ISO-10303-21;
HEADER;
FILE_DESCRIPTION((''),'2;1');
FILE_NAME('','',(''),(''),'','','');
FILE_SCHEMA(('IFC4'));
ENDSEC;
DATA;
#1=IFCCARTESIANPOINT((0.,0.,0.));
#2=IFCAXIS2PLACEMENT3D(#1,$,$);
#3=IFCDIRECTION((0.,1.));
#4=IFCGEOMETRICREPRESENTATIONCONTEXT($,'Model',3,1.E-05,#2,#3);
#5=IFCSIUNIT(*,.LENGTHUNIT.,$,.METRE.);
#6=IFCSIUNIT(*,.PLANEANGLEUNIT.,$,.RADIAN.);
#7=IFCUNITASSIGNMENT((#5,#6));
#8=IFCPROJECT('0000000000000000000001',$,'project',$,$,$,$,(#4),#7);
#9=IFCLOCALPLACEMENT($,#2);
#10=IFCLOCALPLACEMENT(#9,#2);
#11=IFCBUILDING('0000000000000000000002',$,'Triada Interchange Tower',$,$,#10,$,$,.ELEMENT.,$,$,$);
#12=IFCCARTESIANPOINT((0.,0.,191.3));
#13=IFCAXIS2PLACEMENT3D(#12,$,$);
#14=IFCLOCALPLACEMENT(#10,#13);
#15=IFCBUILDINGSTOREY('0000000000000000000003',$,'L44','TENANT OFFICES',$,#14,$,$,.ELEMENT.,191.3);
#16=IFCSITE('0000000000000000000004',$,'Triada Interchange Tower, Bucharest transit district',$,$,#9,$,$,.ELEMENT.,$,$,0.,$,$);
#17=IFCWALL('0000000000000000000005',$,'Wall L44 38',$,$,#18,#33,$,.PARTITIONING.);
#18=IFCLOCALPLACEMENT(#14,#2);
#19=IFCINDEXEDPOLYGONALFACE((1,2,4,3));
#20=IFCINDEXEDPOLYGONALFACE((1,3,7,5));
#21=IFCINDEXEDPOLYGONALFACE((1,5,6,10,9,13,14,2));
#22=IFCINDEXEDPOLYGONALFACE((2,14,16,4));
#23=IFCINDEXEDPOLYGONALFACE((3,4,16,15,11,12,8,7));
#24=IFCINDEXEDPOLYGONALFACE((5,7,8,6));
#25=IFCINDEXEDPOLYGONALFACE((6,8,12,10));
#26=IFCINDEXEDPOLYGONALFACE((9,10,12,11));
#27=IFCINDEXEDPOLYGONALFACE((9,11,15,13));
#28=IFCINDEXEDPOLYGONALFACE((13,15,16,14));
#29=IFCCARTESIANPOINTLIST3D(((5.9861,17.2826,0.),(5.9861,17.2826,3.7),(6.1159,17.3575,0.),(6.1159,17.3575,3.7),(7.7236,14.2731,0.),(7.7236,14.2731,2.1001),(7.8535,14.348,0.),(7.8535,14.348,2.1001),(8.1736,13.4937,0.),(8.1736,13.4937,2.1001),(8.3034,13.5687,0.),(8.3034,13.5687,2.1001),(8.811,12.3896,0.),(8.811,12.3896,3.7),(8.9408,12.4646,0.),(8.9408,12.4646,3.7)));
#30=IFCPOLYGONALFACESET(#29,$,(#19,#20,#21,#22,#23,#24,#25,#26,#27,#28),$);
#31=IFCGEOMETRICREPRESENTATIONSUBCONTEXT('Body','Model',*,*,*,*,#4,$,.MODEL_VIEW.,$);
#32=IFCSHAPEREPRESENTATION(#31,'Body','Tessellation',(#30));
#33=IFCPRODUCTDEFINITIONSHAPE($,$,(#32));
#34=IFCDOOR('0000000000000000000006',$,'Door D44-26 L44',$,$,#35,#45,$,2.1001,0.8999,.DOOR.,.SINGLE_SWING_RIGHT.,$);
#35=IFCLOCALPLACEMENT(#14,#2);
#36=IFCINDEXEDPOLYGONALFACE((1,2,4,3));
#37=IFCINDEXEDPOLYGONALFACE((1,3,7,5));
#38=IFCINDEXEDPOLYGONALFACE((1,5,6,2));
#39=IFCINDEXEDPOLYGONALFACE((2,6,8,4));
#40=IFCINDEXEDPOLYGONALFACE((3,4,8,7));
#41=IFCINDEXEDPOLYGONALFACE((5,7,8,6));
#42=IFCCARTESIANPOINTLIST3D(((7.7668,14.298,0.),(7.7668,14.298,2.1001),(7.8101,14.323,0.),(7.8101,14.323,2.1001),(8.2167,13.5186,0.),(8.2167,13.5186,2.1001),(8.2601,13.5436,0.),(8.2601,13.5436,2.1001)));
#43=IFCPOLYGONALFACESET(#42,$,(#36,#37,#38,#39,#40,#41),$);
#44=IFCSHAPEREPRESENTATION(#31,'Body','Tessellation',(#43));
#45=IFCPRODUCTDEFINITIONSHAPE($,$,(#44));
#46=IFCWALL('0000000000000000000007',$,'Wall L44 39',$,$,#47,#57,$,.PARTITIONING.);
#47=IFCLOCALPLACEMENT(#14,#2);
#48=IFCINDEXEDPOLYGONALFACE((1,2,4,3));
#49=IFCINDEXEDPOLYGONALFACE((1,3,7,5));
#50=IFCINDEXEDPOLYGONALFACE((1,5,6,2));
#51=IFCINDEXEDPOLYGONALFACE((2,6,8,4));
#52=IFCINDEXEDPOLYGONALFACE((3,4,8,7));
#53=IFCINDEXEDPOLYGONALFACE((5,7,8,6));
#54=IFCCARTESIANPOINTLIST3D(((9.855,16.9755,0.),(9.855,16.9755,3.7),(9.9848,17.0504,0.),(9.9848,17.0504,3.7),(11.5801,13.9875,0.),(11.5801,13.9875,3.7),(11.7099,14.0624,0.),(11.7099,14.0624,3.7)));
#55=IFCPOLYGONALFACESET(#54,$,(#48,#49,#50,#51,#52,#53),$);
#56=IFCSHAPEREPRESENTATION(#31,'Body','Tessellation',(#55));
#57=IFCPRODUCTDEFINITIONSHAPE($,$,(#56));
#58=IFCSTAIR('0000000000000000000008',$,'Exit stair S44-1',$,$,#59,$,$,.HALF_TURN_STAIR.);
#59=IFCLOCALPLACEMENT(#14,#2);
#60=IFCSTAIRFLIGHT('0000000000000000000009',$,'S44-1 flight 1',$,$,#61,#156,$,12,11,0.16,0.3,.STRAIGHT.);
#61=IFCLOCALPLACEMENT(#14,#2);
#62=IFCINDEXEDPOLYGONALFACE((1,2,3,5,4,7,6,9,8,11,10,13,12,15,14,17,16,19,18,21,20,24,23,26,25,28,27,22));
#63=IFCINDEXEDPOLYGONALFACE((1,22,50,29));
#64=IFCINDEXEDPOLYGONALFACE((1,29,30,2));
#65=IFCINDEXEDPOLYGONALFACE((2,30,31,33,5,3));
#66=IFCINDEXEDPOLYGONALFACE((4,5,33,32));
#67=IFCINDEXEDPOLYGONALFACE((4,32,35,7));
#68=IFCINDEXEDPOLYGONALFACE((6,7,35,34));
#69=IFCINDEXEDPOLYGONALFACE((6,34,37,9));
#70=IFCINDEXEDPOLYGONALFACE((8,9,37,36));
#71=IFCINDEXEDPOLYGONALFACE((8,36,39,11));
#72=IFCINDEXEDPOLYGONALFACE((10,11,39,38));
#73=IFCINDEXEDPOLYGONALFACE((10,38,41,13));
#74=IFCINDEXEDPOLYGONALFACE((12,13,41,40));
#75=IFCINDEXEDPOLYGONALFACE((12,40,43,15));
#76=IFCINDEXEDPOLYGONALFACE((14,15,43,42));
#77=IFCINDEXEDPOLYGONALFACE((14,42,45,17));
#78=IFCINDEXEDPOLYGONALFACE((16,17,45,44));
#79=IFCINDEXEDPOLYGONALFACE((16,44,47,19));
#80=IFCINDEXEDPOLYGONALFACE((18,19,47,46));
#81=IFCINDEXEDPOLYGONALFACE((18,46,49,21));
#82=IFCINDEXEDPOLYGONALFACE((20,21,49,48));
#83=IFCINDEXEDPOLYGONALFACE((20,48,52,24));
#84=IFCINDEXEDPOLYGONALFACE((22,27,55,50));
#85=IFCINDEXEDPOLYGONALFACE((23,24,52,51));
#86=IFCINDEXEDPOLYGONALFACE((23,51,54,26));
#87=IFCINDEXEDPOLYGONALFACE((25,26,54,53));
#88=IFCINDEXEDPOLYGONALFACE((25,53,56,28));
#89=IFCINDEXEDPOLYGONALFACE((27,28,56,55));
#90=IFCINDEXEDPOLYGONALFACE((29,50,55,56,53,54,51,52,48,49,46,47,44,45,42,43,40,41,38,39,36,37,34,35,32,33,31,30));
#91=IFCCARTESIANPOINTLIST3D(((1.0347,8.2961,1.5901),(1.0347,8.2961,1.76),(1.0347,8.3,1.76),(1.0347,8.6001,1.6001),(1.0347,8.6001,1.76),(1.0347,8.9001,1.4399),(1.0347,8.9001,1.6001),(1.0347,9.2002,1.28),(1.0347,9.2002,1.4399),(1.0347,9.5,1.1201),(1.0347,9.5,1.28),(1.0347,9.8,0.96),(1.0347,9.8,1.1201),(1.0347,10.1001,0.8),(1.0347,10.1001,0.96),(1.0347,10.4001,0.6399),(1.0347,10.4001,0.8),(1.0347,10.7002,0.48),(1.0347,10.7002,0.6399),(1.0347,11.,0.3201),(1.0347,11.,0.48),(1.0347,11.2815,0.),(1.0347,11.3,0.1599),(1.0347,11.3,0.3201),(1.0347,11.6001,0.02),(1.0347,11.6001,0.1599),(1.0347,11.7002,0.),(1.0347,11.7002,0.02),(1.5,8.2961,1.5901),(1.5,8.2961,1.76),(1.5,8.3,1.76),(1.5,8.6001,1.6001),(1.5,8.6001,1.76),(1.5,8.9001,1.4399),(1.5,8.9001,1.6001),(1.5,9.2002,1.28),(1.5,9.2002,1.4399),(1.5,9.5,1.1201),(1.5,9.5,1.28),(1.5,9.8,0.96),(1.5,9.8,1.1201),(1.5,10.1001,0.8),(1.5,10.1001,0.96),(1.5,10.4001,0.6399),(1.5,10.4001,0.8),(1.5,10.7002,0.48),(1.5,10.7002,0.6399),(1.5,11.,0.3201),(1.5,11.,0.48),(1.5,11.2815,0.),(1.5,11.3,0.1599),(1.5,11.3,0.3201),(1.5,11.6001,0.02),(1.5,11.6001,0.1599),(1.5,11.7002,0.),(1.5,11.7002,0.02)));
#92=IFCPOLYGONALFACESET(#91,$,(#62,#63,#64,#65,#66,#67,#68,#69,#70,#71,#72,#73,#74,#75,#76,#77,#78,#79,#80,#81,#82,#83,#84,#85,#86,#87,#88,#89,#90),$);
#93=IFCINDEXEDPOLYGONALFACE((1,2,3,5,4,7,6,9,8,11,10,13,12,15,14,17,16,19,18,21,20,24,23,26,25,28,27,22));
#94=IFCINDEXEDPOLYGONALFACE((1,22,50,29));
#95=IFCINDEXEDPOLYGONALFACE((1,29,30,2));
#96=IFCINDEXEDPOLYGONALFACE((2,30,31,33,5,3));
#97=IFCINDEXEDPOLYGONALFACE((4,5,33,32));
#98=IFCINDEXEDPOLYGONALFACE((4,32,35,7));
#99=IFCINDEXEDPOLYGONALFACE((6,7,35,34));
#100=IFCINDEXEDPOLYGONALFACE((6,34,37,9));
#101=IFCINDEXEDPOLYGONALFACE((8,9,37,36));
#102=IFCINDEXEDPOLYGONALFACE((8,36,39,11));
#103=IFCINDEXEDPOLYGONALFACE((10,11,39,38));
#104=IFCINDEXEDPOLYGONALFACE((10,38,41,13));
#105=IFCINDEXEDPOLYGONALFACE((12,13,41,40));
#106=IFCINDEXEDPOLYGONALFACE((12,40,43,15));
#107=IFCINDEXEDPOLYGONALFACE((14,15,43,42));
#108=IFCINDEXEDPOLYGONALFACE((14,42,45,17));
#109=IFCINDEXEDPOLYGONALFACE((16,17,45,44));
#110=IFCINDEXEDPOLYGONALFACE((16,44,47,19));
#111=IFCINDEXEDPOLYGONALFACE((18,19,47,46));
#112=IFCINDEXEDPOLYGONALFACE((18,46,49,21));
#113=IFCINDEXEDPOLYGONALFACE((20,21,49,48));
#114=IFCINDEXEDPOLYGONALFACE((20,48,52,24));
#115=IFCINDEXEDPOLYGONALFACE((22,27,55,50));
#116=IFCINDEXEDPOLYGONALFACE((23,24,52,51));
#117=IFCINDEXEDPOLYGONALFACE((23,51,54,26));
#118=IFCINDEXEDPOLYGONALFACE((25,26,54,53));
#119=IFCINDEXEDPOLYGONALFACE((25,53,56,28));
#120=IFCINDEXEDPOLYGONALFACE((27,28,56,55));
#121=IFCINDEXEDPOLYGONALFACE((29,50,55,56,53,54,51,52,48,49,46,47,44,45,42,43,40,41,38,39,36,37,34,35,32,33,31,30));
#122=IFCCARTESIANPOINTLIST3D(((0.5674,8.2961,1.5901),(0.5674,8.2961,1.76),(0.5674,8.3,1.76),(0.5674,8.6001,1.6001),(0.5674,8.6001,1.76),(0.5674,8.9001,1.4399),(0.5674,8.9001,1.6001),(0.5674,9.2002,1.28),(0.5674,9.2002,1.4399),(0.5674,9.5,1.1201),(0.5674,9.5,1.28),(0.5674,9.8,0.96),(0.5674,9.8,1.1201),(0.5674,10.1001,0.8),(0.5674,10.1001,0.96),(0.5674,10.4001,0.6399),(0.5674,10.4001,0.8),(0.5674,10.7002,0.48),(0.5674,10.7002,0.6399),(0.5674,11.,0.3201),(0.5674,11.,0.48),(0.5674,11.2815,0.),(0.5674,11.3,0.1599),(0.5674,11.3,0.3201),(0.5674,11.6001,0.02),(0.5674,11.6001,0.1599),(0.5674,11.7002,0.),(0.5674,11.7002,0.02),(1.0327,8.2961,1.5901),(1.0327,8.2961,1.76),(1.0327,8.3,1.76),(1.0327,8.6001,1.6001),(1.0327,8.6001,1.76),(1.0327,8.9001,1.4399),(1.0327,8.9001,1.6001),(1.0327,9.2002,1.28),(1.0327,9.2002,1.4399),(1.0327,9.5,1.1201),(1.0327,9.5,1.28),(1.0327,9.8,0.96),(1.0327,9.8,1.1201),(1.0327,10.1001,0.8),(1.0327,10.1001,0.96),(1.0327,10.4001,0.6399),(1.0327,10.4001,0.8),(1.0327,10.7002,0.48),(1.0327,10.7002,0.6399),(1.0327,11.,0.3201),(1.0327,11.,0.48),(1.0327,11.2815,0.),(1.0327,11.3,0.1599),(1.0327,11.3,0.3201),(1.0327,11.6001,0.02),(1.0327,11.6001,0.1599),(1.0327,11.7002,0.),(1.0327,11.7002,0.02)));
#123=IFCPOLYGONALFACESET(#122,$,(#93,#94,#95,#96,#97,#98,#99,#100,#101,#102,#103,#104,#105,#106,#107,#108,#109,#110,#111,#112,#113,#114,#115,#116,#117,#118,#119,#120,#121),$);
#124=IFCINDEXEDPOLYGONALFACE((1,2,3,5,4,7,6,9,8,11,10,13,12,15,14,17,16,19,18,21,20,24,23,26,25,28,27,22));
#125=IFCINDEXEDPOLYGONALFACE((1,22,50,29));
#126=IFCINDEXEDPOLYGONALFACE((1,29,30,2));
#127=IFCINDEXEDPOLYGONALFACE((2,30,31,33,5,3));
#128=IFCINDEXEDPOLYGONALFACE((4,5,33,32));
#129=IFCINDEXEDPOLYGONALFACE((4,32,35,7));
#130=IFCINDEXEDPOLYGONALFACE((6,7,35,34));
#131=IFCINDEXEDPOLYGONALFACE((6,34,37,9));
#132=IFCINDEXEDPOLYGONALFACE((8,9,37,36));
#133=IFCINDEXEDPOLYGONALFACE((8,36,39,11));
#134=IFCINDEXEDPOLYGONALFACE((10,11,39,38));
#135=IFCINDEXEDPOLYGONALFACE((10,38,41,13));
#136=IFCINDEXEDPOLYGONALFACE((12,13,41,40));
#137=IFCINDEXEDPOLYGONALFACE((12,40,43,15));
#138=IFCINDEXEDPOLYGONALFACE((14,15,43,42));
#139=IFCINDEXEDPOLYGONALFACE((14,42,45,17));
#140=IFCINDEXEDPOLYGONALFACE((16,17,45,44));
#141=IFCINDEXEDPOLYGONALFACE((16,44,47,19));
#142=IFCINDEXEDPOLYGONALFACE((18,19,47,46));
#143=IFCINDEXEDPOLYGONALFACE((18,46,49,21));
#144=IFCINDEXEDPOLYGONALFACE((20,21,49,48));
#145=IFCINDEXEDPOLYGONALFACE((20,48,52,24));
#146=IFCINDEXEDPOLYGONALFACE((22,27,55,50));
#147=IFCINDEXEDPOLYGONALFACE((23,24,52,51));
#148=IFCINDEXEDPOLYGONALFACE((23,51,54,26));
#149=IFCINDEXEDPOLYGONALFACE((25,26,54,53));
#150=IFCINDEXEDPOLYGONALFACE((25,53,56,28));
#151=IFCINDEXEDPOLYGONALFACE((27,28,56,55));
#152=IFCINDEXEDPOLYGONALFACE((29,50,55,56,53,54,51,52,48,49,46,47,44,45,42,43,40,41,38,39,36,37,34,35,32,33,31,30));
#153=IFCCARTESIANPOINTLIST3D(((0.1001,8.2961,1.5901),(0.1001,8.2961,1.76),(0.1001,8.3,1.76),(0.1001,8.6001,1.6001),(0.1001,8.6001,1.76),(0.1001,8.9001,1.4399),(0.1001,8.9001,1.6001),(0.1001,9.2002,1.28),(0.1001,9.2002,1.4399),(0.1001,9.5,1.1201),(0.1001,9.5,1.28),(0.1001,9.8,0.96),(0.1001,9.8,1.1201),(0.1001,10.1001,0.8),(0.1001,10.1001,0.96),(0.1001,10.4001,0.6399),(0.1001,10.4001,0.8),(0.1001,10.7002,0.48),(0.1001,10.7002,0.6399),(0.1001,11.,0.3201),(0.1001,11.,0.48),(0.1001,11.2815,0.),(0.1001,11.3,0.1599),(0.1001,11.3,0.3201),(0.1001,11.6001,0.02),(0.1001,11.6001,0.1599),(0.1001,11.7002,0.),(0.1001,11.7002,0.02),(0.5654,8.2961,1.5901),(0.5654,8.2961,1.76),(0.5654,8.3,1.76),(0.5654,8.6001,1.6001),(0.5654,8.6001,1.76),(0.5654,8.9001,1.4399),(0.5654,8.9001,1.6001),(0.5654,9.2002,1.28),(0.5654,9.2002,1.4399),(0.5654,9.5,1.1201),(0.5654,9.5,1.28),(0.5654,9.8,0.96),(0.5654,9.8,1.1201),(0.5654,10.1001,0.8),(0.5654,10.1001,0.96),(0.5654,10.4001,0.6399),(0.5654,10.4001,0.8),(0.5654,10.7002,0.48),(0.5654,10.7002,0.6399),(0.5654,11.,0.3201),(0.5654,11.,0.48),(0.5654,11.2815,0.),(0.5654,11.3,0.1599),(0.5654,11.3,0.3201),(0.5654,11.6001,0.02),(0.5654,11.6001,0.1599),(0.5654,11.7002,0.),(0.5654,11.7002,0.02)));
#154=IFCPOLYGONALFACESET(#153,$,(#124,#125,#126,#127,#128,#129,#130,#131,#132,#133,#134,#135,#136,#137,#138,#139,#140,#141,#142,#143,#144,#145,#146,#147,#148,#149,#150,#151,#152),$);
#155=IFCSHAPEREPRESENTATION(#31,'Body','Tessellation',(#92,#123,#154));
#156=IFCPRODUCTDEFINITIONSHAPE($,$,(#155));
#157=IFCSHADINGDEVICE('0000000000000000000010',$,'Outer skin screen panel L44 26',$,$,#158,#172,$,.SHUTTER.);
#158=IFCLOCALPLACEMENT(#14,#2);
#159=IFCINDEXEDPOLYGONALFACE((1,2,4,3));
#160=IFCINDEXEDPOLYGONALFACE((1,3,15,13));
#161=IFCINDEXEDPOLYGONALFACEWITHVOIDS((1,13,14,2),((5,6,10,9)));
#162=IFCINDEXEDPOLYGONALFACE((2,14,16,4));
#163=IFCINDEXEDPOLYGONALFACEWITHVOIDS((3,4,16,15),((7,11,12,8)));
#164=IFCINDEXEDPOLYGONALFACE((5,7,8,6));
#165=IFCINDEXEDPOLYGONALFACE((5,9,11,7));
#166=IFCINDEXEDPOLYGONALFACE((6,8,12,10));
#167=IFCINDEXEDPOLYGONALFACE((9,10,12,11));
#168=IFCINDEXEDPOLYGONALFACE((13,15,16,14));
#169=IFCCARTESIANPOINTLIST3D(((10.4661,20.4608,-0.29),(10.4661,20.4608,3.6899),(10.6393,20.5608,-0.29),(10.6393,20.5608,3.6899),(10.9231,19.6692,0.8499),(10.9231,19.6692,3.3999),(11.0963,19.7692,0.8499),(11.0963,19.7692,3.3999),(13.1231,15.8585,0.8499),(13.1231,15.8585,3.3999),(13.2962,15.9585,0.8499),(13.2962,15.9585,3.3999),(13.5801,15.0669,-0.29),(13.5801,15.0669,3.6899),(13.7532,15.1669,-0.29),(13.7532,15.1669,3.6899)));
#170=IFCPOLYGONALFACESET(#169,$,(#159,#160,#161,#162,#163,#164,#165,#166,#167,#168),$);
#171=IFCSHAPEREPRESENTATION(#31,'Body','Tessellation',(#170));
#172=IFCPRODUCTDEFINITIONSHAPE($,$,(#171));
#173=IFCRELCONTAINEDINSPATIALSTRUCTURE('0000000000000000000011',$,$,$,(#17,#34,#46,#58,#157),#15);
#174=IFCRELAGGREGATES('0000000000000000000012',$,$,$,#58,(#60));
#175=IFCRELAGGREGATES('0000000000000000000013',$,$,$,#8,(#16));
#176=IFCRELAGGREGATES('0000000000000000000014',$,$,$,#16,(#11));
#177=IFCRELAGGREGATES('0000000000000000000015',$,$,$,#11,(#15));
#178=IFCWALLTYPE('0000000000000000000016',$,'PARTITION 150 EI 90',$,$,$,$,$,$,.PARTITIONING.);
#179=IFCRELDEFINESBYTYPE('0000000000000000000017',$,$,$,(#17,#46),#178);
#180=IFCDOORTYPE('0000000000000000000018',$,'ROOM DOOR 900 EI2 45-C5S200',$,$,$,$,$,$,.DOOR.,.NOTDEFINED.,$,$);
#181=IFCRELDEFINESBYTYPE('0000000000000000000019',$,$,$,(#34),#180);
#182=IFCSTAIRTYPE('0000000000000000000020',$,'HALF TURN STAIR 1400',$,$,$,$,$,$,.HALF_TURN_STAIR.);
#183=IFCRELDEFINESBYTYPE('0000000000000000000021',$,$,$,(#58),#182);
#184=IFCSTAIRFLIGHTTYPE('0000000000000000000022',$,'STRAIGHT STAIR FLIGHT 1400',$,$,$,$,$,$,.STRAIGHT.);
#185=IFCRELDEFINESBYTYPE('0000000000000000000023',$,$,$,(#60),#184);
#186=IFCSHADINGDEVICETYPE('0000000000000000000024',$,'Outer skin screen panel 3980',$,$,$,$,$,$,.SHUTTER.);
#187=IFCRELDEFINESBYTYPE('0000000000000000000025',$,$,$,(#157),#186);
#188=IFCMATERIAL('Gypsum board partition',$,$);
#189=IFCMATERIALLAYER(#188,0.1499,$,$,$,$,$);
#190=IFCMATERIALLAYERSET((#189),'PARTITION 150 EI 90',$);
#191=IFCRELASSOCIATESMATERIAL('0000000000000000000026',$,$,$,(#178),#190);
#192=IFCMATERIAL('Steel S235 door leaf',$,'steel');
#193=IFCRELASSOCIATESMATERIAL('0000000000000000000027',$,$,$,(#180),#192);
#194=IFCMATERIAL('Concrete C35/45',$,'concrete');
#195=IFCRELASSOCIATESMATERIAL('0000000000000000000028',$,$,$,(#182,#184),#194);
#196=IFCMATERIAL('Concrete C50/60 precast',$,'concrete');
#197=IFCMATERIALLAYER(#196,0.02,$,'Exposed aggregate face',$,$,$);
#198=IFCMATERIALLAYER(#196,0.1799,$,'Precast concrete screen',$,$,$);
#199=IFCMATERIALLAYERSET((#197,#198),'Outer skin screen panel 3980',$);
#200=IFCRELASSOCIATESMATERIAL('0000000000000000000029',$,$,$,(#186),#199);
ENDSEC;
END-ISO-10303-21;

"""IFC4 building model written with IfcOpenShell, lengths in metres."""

from ifc_helpers import new_model, si_unit, direction, frame, frame_2d, origin, place, context, subcontext, project, spatial, polyline, rectangle, outline, extrude, material, layer, layer_set, type_object, element, fill, aggregate, save


model = new_model("IFC4")

# Units and contexts
model_context = context("Model", 3, precision=1e-05, world=origin(), true_north=direction((0.0, 1.0)))
body_context = subcontext(model_context, "Body", "Model", "MODEL_VIEW")
ifc_project = project(units=[si_unit("LENGTHUNIT", "METRE"), si_unit("PLANEANGLEUNIT", "RADIAN")], contexts=[model_context])

# Site, building, storey
site_placement = place(None, origin())
site = spatial("IfcSite", under=ifc_project, at=site_placement, Name="Triada Interchange Tower, Bucharest transit district", CompositionType="ELEMENT", RefElevation=0.0)
building_placement = place(site_placement, origin())
building = spatial("IfcBuilding", under=site, at=building_placement, Name="Triada Interchange Tower", CompositionType="ELEMENT")
storey_placement = place(building_placement, frame((0.0, 0.0, 191.3)))
storey = spatial("IfcBuildingStorey", under=building, at=storey_placement, Name="L44", Description="TENANT OFFICES", CompositionType="ELEMENT", Elevation=191.3)

# Shared definitions
ifc_material_1 = material(Name="Steel S235 door leaf", Category="steel")

# Shared definitions
ifc_material_2 = material(Name="Gypsum board partition")
ifc_layer_1 = layer(ifc_material_2, 0.1499)
ifc_layer_set_1 = layer_set([ifc_layer_1], Name="PARTITION 150 EI 90")
wall_type_1 = type_object("IfcWallType", Name="PARTITION 150 EI 90", PredefinedType="PARTITIONING", material=ifc_layer_set_1)

# Wall, opening, door
wall_1_placement = place(storey_placement, frame((6.051, 17.3201, 0.0), z_axis=(0.0, 0.0, 1.0), x_axis=(0.499992, -0.86603, 0.0)))
wall_1 = element("IfcWall", 1, at=wall_1_placement, inside=storey, type_object=wall_type_1, Name="Wall L44 38", PredefinedType="PARTITIONING", context=body_context, shape_type="SweptSolid", body=[
    extrude(rectangle(XDim=5.6499, YDim=0.1499, at=frame_2d((2.825, 0.0))), origin(), (0.0, 0.0, 1.0), 3.7),
])
opening_1_placement = place(wall_1_placement, frame((3.4751, 0.0, 0.0)))
opening_1 = element("IfcOpeningElement", 2, at=opening_1_placement, cuts=wall_1, PredefinedType="OPENING", context=body_context, shape_type="SweptSolid", body=[
    extrude(rectangle(XDim=0.8999, YDim=2.1001, at=frame_2d((0.45, 1.05))), frame((0.0, 0.085, 0.0), z_axis=(0.0, -1.0, 0.0), x_axis=(1.0, 0.0, 0.0)), (0.0, 0.0, 1.0), 0.1699),
])
door_type_1 = type_object("IfcDoorType", Name="ROOM DOOR 900 EI2 45-C5S200", OperationType="NOTDEFINED", PredefinedType="DOOR", material=ifc_material_1)
door_1_placement = place(opening_1_placement, origin())
door_1 = element("IfcDoor", 3, at=door_1_placement, inside=storey, type_object=door_type_1, Name="Door D44-26 L44", OperationType="SINGLE_SWING_RIGHT", OverallHeight=2.1001, OverallWidth=0.8999, PredefinedType="DOOR", context=body_context, shape_type="SweptSolid", body=[
    extrude(rectangle(XDim=0.8999, YDim=2.1001, at=frame_2d((0.45, 1.05))), frame((0.0, 0.0249, 0.0), z_axis=(0.0, -1.0, 0.0), x_axis=(1.0, 0.0, 0.0)), (0.0, 0.0, 1.0), 0.05),
])
fill(opening_1, door_1)

# Wall
wall_2_placement = place(storey_placement, frame((9.9199, 17.0129, 0.0), z_axis=(0.0, 0.0, 1.0), x_axis=(0.49999, -0.866031, 0.0)))
element("IfcWall", 4, at=wall_2_placement, inside=storey, type_object=wall_type_1, Name="Wall L44 39", PredefinedType="PARTITIONING", context=body_context, shape_type="SweptSolid", body=[
    extrude(rectangle(XDim=3.4502, YDim=0.1499, at=frame_2d((1.7251, 0.0))), origin(), (0.0, 0.0, 1.0), 3.7),
])

# Stair, stair flight
ifc_material_3 = material(Name="Concrete C35/45", Category="concrete")
stair_type = type_object("IfcStairType", Name="HALF TURN STAIR 1400", PredefinedType="HALF_TURN_STAIR", material=ifc_material_3)
stair_placement = place(storey_placement, origin())
stair = element("IfcStair", 5, at=stair_placement, inside=storey, type_object=stair_type, Name="Exit stair S44-1", PredefinedType="HALF_TURN_STAIR")
stair_flight_type = type_object("IfcStairFlightType", Name="STRAIGHT STAIR FLIGHT 1400", PredefinedType="STRAIGHT", material=ifc_material_3)
stair_flight_placement = place(storey_placement, frame((0.8, 11.6001, 0.0), z_axis=(0.0, 0.0, 1.0), x_axis=(0.0, -1.0, 0.0)))
stair_flight = element("IfcStairFlight", 6, at=stair_flight_placement, type_object=stair_flight_type, Name="S44-1 flight 1", NumberOfRisers=12, NumberOfTreads=11, PredefinedType="STRAIGHT", RiserHeight=0.16, TreadLength=0.3, context=body_context, shape_type="SweptSolid", body=[
    extrude(outline(polyline([(-0.1001, 0.0), (-0.1001, 0.02), (0.0, 0.02), (0.0, 0.1599), (0.3, 0.1599), (0.3, 0.3201), (0.6001, 0.3201), (0.6001, 0.48), (0.8999, 0.48), (0.8999, 0.6399), (1.2, 0.6399), (1.2, 0.8), (1.5, 0.8), (1.5, 0.96), (1.8, 0.96), (1.8, 1.1201), (2.1001, 1.1201), (2.1001, 1.28), (2.3999, 1.28), (2.3999, 1.4399), (2.7, 1.4399), (2.7, 1.6001), (3.0, 1.6001), (3.0, 1.76), (3.3, 1.76), (3.304, 1.76), (3.304, 1.9199), (3.304, 1.5901), (0.3186, 0.0), (-0.1001, 0.0)])), frame((0.0, 0.7, 0.0), z_axis=(0.0, -1.0, 0.0), x_axis=(1.0, 0.0, 0.0)), (0.0, 0.0, 1.0), 0.4653),
    extrude(outline(polyline([(-0.1001, 0.0), (-0.1001, 0.02), (0.0, 0.02), (0.0, 0.1599), (0.3, 0.1599), (0.3, 0.3201), (0.6001, 0.3201), (0.6001, 0.48), (0.8999, 0.48), (0.8999, 0.6399), (1.2, 0.6399), (1.2, 0.8), (1.5, 0.8), (1.5, 0.96), (1.8, 0.96), (1.8, 1.1201), (2.1001, 1.1201), (2.1001, 1.28), (2.3999, 1.28), (2.3999, 1.4399), (2.7, 1.4399), (2.7, 1.6001), (3.0, 1.6001), (3.0, 1.76), (3.3, 1.76), (3.304, 1.76), (3.304, 1.9199), (3.304, 1.5901), (0.3186, 0.0), (-0.1001, 0.0)])), frame((0.0, 0.2327, 0.0), z_axis=(0.0, -1.0, 0.0), x_axis=(1.0, 0.0, 0.0)), (0.0, 0.0, 1.0), 0.4653),
    extrude(outline(polyline([(-0.1001, 0.0), (-0.1001, 0.02), (0.0, 0.02), (0.0, 0.1599), (0.3, 0.1599), (0.3, 0.3201), (0.6001, 0.3201), (0.6001, 0.48), (0.8999, 0.48), (0.8999, 0.6399), (1.2, 0.6399), (1.2, 0.8), (1.5, 0.8), (1.5, 0.96), (1.8, 0.96), (1.8, 1.1201), (2.1001, 1.1201), (2.1001, 1.28), (2.3999, 1.28), (2.3999, 1.4399), (2.7, 1.4399), (2.7, 1.6001), (3.0, 1.6001), (3.0, 1.76), (3.3, 1.76), (3.304, 1.76), (3.304, 1.9199), (3.304, 1.5901), (0.3186, 0.0), (-0.1001, 0.0)])), frame((0.0, -0.2346, 0.0), z_axis=(0.0, -1.0, 0.0), x_axis=(1.0, 0.0, 0.0)), (0.0, 0.0, 1.0), 0.4653),
])

# Shading device
ifc_material_4 = material(Name="Concrete C50/60 precast", Category="concrete")
ifc_layer_2 = layer(ifc_material_4, 0.02, Name="Exposed aggregate face")
ifc_layer_3 = layer(ifc_material_4, 0.1799, Name="Precast concrete screen")
ifc_layer_set_2 = layer_set([ifc_layer_2, ifc_layer_3], Name="Outer skin screen panel 3980")
shading_device_type = type_object("IfcShadingDeviceType", Name="Outer skin screen panel 3980", PredefinedType="SHUTTER", material=ifc_layer_set_2)
shading_device_placement = place(storey_placement, frame((13.5801, 15.0669, -0.29), z_axis=(0.0, 0.0, 1.0), x_axis=(-0.499971, 0.866042, 0.0)))
element("IfcShadingDevice", 7, at=shading_device_placement, inside=storey, type_object=shading_device_type, Name="Outer skin screen panel L44 26", PredefinedType="SHUTTER", context=body_context, shape_type="SweptSolid", body=[
    extrude(outline(polyline([(0.0, 0.0), (6.2283, 0.0), (6.2283, 3.98), (0.0, 3.98), (0.0, 0.0)]), holes=[polyline([(0.9141, 1.1399), (0.9141, 3.6899), (5.3142, 3.6899), (5.3142, 1.1399), (0.9141, 1.1399)])]), frame((0.0, 0.0, 0.0), z_axis=(0.0, -1.0, 0.0), x_axis=(1.0, 0.0, 0.0)), (0.0, 0.0, 1.0), 0.2),
])

aggregate(stair, [stair_flight])

save(model, "model.ifc")
